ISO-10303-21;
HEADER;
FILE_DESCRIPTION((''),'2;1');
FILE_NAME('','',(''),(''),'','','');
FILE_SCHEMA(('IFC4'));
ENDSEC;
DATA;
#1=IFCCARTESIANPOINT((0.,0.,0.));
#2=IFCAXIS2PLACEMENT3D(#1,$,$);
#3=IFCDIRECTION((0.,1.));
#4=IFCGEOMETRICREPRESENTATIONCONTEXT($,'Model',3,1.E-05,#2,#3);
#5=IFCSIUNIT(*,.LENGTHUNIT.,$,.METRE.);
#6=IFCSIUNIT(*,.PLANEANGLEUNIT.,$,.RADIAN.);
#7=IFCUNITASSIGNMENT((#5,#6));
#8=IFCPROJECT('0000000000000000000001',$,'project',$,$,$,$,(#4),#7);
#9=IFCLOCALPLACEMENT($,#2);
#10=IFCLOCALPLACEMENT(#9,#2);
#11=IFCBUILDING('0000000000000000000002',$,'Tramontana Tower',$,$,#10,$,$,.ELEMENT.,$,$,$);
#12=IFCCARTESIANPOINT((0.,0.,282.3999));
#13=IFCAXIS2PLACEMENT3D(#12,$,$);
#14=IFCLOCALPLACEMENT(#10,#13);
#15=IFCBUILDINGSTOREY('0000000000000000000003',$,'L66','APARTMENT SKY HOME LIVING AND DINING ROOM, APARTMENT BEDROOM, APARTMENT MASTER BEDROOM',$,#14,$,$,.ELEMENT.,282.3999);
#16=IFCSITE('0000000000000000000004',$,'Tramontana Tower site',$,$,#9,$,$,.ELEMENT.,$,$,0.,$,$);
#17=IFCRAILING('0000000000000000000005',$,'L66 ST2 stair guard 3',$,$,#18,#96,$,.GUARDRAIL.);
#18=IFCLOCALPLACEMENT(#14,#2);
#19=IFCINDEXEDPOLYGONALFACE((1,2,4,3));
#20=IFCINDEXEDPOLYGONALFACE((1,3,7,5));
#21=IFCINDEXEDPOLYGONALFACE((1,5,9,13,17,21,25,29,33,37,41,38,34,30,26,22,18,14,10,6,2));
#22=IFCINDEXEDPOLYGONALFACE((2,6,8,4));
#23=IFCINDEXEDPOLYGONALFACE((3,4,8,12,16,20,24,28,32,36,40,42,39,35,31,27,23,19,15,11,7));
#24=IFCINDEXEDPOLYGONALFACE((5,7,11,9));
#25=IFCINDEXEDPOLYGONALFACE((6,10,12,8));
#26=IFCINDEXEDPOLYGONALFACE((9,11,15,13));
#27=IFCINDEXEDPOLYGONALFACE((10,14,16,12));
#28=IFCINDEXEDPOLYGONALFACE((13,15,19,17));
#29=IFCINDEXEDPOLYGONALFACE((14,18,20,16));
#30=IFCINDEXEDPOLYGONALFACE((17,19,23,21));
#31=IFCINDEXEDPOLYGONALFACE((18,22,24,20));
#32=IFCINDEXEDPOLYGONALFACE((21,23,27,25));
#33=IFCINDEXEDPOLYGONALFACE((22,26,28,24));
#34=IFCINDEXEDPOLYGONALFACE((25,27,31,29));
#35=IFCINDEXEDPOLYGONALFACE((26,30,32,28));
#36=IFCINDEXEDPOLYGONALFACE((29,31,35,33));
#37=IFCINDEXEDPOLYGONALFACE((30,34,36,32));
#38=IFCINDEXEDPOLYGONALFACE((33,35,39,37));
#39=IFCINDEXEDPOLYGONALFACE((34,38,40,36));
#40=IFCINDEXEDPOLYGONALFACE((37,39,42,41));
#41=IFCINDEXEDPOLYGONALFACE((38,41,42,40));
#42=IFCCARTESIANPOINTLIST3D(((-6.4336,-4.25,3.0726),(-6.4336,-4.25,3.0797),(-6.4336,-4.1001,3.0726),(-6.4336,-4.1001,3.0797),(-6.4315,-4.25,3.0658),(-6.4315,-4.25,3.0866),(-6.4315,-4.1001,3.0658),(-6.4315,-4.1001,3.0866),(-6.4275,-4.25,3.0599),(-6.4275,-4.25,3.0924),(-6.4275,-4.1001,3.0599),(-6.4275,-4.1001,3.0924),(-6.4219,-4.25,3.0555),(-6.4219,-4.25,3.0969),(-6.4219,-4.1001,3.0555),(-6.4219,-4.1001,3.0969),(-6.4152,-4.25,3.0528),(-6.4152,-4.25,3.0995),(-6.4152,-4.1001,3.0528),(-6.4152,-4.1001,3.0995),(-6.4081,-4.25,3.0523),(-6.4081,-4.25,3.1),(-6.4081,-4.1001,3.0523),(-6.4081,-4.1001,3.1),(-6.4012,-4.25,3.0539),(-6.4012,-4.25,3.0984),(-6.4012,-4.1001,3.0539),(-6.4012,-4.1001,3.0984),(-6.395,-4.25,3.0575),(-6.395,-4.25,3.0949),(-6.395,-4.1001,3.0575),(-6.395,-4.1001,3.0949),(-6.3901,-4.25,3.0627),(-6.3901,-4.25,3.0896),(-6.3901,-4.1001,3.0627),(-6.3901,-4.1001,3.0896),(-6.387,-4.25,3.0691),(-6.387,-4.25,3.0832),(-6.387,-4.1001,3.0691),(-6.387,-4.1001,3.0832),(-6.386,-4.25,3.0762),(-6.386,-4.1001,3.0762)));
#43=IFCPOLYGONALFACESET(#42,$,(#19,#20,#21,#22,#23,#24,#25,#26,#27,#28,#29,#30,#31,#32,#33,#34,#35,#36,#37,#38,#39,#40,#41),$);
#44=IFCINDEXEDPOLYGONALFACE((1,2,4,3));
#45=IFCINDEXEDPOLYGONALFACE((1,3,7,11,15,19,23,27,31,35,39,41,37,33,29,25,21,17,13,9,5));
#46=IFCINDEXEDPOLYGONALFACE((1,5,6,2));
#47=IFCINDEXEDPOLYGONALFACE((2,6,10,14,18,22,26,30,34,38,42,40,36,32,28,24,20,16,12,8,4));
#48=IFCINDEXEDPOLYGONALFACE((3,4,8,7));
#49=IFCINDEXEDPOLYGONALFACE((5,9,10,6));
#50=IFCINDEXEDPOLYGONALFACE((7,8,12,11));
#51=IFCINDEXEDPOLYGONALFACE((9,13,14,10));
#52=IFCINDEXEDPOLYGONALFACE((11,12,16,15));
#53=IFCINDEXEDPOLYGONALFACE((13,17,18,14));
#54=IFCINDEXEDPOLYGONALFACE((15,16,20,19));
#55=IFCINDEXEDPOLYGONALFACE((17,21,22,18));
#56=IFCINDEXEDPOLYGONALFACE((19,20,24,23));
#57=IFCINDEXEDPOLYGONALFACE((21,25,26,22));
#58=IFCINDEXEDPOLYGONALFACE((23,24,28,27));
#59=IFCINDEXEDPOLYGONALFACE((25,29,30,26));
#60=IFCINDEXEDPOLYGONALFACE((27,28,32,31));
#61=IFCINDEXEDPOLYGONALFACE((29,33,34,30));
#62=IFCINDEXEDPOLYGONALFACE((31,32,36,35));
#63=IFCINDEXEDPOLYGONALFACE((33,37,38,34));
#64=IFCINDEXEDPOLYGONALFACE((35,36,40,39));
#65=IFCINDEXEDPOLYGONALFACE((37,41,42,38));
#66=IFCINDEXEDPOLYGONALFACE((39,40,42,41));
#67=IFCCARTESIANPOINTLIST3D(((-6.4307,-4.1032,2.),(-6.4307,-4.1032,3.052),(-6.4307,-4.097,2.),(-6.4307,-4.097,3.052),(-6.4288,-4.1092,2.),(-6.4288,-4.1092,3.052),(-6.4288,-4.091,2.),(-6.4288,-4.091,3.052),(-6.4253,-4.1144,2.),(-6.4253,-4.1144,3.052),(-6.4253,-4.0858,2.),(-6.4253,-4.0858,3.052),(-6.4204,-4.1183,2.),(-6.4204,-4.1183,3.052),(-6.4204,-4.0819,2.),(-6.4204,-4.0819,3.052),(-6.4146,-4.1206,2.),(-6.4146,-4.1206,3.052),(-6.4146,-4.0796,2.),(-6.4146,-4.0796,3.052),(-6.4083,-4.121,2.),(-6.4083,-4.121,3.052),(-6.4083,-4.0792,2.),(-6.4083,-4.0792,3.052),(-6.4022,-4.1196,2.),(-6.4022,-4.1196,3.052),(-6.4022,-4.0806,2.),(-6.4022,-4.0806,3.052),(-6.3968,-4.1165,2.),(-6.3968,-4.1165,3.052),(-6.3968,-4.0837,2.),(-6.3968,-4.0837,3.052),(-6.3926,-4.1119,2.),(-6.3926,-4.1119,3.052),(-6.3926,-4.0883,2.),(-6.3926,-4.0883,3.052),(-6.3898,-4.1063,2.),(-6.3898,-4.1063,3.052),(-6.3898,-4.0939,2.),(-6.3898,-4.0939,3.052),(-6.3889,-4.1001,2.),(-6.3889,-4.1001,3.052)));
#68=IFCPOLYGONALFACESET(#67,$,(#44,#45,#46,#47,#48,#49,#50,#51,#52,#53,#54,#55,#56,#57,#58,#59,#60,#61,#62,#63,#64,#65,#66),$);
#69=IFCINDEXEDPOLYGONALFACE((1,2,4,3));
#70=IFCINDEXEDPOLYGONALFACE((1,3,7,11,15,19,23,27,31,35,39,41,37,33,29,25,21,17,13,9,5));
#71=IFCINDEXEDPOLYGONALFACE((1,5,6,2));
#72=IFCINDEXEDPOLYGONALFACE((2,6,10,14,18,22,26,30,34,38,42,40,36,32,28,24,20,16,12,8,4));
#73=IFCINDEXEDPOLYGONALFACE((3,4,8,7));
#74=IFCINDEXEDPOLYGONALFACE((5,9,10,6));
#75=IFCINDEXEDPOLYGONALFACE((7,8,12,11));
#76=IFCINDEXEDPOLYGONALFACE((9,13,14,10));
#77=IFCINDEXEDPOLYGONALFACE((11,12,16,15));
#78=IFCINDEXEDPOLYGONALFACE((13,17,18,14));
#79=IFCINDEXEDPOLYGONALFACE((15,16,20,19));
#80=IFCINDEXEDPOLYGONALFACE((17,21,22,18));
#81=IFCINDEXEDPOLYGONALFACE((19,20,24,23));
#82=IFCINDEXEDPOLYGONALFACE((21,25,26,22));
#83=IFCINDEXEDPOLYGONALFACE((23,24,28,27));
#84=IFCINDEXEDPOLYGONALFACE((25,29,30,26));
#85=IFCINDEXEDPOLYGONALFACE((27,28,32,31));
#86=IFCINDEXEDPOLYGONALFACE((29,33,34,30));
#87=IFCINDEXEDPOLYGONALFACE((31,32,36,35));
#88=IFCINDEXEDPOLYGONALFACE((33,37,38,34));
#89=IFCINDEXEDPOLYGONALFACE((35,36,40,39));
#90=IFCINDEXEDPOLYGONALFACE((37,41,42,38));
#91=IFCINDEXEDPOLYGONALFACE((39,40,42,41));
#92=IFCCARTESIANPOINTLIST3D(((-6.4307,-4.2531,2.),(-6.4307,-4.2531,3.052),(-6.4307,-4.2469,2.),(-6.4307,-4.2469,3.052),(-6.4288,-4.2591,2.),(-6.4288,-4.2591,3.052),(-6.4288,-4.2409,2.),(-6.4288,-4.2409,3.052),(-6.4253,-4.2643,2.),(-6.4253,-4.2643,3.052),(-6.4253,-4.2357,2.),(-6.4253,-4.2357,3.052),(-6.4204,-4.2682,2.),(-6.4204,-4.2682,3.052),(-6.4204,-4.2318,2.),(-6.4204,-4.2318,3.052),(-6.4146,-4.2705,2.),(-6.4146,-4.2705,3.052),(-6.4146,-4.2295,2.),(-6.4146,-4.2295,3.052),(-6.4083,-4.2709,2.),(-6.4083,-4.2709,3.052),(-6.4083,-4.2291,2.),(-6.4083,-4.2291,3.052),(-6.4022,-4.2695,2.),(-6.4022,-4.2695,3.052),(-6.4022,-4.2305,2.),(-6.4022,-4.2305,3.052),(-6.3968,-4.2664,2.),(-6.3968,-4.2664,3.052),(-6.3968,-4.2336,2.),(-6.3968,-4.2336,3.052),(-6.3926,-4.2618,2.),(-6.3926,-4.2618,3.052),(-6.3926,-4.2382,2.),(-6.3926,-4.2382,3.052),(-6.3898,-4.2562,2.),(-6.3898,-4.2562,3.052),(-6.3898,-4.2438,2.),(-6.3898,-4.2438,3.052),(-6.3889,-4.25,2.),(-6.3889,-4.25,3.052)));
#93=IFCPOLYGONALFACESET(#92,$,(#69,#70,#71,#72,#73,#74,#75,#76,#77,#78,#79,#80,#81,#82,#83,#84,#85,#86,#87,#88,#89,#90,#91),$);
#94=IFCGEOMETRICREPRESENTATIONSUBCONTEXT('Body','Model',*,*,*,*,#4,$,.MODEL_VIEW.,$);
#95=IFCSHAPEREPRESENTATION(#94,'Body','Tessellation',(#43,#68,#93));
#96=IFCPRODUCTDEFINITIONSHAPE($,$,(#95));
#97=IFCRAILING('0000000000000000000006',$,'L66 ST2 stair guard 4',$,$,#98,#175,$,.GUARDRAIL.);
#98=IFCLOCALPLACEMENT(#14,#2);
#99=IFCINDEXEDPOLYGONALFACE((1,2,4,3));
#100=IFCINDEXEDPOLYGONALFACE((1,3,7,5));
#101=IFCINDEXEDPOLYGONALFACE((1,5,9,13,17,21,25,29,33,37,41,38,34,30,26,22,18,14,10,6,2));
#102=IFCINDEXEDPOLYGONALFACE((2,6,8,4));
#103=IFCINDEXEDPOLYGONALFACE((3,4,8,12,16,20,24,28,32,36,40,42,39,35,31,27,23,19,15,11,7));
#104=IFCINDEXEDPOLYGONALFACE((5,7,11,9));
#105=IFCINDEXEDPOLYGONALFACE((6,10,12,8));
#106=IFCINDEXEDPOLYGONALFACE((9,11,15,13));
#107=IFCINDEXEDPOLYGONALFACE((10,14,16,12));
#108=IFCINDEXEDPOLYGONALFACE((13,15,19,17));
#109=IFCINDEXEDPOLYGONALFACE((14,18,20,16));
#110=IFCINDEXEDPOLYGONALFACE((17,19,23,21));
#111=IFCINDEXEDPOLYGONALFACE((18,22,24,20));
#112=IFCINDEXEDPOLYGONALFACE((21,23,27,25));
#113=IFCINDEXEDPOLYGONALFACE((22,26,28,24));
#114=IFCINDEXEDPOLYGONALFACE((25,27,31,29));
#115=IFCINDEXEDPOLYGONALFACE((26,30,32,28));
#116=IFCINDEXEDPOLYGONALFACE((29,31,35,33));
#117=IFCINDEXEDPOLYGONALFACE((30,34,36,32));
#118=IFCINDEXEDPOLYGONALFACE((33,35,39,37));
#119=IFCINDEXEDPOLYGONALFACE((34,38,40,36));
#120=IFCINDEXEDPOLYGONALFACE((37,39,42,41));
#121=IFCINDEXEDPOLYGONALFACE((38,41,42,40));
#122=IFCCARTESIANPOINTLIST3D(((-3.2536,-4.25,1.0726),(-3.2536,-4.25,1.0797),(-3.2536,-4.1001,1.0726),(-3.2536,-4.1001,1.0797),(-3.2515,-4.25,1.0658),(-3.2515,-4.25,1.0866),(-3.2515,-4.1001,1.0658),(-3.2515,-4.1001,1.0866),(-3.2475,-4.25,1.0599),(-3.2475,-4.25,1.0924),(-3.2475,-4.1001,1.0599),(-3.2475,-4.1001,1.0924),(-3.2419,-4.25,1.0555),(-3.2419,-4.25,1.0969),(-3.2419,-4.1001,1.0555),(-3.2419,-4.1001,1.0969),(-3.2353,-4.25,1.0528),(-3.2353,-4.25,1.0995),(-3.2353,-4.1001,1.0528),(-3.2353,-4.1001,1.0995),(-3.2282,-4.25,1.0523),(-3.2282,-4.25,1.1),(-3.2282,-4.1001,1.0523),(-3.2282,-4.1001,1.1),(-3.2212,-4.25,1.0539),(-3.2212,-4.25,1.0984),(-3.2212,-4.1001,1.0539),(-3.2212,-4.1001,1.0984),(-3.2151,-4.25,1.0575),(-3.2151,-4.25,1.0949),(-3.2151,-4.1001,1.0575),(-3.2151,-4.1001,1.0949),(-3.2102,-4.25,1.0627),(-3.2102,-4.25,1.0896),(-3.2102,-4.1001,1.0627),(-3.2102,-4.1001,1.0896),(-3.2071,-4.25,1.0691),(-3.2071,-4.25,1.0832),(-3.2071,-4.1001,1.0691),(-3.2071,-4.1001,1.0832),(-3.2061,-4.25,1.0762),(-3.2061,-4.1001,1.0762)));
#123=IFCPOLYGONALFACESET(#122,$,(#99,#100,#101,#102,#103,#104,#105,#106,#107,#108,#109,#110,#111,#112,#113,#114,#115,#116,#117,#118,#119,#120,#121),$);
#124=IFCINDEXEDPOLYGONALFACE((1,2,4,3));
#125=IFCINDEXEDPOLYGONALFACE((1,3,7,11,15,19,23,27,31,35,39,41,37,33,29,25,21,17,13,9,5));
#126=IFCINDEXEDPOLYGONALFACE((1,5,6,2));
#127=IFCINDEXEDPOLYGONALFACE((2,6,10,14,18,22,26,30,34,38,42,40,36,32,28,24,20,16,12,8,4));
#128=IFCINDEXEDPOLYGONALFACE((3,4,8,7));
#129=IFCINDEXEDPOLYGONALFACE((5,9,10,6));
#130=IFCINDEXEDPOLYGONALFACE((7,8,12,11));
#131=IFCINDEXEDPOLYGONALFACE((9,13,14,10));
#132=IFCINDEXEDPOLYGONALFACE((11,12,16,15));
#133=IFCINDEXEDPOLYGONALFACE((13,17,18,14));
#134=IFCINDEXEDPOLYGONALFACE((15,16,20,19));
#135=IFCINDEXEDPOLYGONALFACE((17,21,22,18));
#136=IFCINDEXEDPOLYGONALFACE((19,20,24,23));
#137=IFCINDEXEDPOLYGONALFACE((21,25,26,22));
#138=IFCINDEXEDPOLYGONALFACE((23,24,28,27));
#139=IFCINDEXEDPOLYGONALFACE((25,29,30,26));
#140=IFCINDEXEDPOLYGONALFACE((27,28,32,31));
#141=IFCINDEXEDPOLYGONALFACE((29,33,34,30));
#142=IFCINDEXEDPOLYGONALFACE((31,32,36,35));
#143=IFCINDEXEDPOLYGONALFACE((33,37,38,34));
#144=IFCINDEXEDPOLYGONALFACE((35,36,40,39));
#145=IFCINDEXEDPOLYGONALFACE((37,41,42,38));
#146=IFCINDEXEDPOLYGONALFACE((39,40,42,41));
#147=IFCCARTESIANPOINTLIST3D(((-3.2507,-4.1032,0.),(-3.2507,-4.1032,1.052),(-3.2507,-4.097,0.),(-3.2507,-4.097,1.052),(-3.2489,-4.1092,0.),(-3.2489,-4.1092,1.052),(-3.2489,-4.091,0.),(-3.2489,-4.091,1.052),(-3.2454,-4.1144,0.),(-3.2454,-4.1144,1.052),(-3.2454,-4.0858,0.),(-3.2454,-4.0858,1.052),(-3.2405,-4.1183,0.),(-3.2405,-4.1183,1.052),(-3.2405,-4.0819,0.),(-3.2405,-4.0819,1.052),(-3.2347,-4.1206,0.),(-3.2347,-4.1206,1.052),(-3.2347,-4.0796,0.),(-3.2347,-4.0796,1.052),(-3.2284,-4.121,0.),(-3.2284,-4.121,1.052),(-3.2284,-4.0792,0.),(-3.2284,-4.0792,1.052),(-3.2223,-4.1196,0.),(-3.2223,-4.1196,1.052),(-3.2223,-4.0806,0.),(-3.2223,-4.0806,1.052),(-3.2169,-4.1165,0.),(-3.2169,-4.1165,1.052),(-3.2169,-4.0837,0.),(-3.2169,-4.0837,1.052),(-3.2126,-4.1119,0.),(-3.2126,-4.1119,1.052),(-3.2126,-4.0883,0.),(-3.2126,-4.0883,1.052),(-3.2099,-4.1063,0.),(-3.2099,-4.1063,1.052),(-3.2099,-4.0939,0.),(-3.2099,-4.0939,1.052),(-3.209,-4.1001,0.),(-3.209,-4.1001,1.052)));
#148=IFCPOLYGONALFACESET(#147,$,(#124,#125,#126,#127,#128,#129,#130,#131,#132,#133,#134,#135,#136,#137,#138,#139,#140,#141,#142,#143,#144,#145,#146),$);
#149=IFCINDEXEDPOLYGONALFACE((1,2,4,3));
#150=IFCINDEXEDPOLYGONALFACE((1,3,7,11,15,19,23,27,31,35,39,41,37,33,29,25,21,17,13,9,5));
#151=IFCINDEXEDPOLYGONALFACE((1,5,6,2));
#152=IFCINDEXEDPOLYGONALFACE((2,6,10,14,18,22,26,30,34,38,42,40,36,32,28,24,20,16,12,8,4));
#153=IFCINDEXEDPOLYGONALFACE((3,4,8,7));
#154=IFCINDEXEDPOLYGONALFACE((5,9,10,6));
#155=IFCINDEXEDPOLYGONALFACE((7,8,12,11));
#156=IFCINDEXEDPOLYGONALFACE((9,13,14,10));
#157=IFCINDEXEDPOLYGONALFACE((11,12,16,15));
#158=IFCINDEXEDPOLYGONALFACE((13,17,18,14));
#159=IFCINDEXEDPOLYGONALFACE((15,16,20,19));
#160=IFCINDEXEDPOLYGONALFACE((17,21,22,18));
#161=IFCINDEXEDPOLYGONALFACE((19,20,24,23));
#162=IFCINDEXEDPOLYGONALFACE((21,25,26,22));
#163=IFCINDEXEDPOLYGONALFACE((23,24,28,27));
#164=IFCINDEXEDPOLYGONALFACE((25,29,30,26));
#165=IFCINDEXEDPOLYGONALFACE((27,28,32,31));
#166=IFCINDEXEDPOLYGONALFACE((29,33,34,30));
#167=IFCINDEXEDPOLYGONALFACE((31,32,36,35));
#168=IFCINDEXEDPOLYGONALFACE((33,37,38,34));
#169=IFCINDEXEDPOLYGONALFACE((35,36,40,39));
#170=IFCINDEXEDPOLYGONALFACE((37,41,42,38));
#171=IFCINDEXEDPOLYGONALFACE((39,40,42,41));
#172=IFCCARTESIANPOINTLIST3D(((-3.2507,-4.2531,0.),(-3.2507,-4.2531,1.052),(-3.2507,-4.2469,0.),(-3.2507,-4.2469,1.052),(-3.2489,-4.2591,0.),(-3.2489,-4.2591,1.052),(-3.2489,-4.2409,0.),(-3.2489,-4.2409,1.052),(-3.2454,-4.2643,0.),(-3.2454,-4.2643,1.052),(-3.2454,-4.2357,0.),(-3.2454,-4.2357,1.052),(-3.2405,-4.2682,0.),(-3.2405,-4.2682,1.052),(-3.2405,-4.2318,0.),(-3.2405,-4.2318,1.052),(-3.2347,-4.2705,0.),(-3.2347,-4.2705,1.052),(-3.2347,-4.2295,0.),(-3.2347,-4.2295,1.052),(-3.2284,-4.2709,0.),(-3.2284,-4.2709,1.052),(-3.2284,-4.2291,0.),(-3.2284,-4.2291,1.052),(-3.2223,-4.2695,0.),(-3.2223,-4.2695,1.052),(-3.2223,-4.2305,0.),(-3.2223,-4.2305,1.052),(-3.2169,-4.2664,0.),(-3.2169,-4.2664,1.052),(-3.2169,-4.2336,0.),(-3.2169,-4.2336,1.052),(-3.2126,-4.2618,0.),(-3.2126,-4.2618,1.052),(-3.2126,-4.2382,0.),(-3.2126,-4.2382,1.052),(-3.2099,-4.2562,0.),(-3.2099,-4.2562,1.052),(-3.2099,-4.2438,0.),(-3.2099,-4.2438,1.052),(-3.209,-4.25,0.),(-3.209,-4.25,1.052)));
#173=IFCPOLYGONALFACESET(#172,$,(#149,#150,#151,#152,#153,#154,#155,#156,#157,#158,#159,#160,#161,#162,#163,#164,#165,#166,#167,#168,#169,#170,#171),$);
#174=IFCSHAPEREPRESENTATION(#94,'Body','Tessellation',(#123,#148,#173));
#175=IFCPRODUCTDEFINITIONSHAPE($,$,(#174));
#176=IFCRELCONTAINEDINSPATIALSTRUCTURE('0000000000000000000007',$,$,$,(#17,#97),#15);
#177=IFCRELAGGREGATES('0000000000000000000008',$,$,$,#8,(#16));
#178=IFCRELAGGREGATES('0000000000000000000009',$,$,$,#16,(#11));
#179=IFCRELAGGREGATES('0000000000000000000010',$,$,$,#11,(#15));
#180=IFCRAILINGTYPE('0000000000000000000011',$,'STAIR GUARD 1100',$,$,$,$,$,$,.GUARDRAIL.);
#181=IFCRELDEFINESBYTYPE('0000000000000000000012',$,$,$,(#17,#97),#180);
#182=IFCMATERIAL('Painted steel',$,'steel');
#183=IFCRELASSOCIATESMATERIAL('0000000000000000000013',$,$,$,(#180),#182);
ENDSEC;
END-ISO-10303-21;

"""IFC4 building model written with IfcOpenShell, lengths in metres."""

from ifc_helpers import new_model, si_unit, direction, frame, origin, origin_2d, place, context, subcontext, project, spatial, circle, extrude, material, type_object, element, save


model = new_model("IFC4")

# Units and contexts
model_context = context("Model", 3, precision=1e-05, world=origin(), true_north=direction((0.0, 1.0)))
body_context = subcontext(model_context, "Body", "Model", "MODEL_VIEW")
ifc_project = project(units=[si_unit("LENGTHUNIT", "METRE"), si_unit("PLANEANGLEUNIT", "RADIAN")], contexts=[model_context])

# Site, building, storey
site_placement = place(None, origin())
site = spatial("IfcSite", under=ifc_project, at=site_placement, Name="Tramontana Tower site", CompositionType="ELEMENT", RefElevation=0.0)
building_placement = place(site_placement, origin())
building = spatial("IfcBuilding", under=site, at=building_placement, Name="Tramontana Tower", CompositionType="ELEMENT")
storey_placement = place(building_placement, frame((0.0, 0.0, 282.3999)))
storey = spatial("IfcBuildingStorey", under=building, at=storey_placement, Name="L66", Description="APARTMENT SKY HOME LIVING AND DINING ROOM, APARTMENT BEDROOM, APARTMENT MASTER BEDROOM", CompositionType="ELEMENT", Elevation=282.3999)

# Railings
ifc_material_1 = material(Name="Painted steel", Category="steel")
railing_type_1 = type_object("IfcRailingType", Name="STAIR GUARD 1100", PredefinedType="GUARDRAIL", material=ifc_material_1)
for number, where, name in (
    (1, (-6.4099, -4.1001, 2.0), "L66 ST2 stair guard 3"),
    (2, (-3.23, -4.1001, 0.0), "L66 ST2 stair guard 4"),
):
    element("IfcRailing", number, at=place(storey_placement, frame(where)), inside=storey, type_object=railing_type_1, Name=name, PredefinedType="GUARDRAIL", context=body_context, shape_type="SweptSolid", body=[
        extrude(circle(Radius=0.0239, at=origin_2d()), frame((0.0, 0.0, 1.0762), z_axis=(0.0, -1.0, 0.0), x_axis=(1.0, 0.0, 0.0)), (0.0, 0.0, 1.0), 0.1499),
        extrude(circle(Radius=0.021, at=origin_2d()), origin(), (0.0, 0.0, 1.0), 1.052),
        extrude(circle(Radius=0.021, at=origin_2d()), frame((0.0, -0.1499, 0.0)), (0.0, 0.0, 1.0), 1.052),
    ])

save(model, "model.ifc")
